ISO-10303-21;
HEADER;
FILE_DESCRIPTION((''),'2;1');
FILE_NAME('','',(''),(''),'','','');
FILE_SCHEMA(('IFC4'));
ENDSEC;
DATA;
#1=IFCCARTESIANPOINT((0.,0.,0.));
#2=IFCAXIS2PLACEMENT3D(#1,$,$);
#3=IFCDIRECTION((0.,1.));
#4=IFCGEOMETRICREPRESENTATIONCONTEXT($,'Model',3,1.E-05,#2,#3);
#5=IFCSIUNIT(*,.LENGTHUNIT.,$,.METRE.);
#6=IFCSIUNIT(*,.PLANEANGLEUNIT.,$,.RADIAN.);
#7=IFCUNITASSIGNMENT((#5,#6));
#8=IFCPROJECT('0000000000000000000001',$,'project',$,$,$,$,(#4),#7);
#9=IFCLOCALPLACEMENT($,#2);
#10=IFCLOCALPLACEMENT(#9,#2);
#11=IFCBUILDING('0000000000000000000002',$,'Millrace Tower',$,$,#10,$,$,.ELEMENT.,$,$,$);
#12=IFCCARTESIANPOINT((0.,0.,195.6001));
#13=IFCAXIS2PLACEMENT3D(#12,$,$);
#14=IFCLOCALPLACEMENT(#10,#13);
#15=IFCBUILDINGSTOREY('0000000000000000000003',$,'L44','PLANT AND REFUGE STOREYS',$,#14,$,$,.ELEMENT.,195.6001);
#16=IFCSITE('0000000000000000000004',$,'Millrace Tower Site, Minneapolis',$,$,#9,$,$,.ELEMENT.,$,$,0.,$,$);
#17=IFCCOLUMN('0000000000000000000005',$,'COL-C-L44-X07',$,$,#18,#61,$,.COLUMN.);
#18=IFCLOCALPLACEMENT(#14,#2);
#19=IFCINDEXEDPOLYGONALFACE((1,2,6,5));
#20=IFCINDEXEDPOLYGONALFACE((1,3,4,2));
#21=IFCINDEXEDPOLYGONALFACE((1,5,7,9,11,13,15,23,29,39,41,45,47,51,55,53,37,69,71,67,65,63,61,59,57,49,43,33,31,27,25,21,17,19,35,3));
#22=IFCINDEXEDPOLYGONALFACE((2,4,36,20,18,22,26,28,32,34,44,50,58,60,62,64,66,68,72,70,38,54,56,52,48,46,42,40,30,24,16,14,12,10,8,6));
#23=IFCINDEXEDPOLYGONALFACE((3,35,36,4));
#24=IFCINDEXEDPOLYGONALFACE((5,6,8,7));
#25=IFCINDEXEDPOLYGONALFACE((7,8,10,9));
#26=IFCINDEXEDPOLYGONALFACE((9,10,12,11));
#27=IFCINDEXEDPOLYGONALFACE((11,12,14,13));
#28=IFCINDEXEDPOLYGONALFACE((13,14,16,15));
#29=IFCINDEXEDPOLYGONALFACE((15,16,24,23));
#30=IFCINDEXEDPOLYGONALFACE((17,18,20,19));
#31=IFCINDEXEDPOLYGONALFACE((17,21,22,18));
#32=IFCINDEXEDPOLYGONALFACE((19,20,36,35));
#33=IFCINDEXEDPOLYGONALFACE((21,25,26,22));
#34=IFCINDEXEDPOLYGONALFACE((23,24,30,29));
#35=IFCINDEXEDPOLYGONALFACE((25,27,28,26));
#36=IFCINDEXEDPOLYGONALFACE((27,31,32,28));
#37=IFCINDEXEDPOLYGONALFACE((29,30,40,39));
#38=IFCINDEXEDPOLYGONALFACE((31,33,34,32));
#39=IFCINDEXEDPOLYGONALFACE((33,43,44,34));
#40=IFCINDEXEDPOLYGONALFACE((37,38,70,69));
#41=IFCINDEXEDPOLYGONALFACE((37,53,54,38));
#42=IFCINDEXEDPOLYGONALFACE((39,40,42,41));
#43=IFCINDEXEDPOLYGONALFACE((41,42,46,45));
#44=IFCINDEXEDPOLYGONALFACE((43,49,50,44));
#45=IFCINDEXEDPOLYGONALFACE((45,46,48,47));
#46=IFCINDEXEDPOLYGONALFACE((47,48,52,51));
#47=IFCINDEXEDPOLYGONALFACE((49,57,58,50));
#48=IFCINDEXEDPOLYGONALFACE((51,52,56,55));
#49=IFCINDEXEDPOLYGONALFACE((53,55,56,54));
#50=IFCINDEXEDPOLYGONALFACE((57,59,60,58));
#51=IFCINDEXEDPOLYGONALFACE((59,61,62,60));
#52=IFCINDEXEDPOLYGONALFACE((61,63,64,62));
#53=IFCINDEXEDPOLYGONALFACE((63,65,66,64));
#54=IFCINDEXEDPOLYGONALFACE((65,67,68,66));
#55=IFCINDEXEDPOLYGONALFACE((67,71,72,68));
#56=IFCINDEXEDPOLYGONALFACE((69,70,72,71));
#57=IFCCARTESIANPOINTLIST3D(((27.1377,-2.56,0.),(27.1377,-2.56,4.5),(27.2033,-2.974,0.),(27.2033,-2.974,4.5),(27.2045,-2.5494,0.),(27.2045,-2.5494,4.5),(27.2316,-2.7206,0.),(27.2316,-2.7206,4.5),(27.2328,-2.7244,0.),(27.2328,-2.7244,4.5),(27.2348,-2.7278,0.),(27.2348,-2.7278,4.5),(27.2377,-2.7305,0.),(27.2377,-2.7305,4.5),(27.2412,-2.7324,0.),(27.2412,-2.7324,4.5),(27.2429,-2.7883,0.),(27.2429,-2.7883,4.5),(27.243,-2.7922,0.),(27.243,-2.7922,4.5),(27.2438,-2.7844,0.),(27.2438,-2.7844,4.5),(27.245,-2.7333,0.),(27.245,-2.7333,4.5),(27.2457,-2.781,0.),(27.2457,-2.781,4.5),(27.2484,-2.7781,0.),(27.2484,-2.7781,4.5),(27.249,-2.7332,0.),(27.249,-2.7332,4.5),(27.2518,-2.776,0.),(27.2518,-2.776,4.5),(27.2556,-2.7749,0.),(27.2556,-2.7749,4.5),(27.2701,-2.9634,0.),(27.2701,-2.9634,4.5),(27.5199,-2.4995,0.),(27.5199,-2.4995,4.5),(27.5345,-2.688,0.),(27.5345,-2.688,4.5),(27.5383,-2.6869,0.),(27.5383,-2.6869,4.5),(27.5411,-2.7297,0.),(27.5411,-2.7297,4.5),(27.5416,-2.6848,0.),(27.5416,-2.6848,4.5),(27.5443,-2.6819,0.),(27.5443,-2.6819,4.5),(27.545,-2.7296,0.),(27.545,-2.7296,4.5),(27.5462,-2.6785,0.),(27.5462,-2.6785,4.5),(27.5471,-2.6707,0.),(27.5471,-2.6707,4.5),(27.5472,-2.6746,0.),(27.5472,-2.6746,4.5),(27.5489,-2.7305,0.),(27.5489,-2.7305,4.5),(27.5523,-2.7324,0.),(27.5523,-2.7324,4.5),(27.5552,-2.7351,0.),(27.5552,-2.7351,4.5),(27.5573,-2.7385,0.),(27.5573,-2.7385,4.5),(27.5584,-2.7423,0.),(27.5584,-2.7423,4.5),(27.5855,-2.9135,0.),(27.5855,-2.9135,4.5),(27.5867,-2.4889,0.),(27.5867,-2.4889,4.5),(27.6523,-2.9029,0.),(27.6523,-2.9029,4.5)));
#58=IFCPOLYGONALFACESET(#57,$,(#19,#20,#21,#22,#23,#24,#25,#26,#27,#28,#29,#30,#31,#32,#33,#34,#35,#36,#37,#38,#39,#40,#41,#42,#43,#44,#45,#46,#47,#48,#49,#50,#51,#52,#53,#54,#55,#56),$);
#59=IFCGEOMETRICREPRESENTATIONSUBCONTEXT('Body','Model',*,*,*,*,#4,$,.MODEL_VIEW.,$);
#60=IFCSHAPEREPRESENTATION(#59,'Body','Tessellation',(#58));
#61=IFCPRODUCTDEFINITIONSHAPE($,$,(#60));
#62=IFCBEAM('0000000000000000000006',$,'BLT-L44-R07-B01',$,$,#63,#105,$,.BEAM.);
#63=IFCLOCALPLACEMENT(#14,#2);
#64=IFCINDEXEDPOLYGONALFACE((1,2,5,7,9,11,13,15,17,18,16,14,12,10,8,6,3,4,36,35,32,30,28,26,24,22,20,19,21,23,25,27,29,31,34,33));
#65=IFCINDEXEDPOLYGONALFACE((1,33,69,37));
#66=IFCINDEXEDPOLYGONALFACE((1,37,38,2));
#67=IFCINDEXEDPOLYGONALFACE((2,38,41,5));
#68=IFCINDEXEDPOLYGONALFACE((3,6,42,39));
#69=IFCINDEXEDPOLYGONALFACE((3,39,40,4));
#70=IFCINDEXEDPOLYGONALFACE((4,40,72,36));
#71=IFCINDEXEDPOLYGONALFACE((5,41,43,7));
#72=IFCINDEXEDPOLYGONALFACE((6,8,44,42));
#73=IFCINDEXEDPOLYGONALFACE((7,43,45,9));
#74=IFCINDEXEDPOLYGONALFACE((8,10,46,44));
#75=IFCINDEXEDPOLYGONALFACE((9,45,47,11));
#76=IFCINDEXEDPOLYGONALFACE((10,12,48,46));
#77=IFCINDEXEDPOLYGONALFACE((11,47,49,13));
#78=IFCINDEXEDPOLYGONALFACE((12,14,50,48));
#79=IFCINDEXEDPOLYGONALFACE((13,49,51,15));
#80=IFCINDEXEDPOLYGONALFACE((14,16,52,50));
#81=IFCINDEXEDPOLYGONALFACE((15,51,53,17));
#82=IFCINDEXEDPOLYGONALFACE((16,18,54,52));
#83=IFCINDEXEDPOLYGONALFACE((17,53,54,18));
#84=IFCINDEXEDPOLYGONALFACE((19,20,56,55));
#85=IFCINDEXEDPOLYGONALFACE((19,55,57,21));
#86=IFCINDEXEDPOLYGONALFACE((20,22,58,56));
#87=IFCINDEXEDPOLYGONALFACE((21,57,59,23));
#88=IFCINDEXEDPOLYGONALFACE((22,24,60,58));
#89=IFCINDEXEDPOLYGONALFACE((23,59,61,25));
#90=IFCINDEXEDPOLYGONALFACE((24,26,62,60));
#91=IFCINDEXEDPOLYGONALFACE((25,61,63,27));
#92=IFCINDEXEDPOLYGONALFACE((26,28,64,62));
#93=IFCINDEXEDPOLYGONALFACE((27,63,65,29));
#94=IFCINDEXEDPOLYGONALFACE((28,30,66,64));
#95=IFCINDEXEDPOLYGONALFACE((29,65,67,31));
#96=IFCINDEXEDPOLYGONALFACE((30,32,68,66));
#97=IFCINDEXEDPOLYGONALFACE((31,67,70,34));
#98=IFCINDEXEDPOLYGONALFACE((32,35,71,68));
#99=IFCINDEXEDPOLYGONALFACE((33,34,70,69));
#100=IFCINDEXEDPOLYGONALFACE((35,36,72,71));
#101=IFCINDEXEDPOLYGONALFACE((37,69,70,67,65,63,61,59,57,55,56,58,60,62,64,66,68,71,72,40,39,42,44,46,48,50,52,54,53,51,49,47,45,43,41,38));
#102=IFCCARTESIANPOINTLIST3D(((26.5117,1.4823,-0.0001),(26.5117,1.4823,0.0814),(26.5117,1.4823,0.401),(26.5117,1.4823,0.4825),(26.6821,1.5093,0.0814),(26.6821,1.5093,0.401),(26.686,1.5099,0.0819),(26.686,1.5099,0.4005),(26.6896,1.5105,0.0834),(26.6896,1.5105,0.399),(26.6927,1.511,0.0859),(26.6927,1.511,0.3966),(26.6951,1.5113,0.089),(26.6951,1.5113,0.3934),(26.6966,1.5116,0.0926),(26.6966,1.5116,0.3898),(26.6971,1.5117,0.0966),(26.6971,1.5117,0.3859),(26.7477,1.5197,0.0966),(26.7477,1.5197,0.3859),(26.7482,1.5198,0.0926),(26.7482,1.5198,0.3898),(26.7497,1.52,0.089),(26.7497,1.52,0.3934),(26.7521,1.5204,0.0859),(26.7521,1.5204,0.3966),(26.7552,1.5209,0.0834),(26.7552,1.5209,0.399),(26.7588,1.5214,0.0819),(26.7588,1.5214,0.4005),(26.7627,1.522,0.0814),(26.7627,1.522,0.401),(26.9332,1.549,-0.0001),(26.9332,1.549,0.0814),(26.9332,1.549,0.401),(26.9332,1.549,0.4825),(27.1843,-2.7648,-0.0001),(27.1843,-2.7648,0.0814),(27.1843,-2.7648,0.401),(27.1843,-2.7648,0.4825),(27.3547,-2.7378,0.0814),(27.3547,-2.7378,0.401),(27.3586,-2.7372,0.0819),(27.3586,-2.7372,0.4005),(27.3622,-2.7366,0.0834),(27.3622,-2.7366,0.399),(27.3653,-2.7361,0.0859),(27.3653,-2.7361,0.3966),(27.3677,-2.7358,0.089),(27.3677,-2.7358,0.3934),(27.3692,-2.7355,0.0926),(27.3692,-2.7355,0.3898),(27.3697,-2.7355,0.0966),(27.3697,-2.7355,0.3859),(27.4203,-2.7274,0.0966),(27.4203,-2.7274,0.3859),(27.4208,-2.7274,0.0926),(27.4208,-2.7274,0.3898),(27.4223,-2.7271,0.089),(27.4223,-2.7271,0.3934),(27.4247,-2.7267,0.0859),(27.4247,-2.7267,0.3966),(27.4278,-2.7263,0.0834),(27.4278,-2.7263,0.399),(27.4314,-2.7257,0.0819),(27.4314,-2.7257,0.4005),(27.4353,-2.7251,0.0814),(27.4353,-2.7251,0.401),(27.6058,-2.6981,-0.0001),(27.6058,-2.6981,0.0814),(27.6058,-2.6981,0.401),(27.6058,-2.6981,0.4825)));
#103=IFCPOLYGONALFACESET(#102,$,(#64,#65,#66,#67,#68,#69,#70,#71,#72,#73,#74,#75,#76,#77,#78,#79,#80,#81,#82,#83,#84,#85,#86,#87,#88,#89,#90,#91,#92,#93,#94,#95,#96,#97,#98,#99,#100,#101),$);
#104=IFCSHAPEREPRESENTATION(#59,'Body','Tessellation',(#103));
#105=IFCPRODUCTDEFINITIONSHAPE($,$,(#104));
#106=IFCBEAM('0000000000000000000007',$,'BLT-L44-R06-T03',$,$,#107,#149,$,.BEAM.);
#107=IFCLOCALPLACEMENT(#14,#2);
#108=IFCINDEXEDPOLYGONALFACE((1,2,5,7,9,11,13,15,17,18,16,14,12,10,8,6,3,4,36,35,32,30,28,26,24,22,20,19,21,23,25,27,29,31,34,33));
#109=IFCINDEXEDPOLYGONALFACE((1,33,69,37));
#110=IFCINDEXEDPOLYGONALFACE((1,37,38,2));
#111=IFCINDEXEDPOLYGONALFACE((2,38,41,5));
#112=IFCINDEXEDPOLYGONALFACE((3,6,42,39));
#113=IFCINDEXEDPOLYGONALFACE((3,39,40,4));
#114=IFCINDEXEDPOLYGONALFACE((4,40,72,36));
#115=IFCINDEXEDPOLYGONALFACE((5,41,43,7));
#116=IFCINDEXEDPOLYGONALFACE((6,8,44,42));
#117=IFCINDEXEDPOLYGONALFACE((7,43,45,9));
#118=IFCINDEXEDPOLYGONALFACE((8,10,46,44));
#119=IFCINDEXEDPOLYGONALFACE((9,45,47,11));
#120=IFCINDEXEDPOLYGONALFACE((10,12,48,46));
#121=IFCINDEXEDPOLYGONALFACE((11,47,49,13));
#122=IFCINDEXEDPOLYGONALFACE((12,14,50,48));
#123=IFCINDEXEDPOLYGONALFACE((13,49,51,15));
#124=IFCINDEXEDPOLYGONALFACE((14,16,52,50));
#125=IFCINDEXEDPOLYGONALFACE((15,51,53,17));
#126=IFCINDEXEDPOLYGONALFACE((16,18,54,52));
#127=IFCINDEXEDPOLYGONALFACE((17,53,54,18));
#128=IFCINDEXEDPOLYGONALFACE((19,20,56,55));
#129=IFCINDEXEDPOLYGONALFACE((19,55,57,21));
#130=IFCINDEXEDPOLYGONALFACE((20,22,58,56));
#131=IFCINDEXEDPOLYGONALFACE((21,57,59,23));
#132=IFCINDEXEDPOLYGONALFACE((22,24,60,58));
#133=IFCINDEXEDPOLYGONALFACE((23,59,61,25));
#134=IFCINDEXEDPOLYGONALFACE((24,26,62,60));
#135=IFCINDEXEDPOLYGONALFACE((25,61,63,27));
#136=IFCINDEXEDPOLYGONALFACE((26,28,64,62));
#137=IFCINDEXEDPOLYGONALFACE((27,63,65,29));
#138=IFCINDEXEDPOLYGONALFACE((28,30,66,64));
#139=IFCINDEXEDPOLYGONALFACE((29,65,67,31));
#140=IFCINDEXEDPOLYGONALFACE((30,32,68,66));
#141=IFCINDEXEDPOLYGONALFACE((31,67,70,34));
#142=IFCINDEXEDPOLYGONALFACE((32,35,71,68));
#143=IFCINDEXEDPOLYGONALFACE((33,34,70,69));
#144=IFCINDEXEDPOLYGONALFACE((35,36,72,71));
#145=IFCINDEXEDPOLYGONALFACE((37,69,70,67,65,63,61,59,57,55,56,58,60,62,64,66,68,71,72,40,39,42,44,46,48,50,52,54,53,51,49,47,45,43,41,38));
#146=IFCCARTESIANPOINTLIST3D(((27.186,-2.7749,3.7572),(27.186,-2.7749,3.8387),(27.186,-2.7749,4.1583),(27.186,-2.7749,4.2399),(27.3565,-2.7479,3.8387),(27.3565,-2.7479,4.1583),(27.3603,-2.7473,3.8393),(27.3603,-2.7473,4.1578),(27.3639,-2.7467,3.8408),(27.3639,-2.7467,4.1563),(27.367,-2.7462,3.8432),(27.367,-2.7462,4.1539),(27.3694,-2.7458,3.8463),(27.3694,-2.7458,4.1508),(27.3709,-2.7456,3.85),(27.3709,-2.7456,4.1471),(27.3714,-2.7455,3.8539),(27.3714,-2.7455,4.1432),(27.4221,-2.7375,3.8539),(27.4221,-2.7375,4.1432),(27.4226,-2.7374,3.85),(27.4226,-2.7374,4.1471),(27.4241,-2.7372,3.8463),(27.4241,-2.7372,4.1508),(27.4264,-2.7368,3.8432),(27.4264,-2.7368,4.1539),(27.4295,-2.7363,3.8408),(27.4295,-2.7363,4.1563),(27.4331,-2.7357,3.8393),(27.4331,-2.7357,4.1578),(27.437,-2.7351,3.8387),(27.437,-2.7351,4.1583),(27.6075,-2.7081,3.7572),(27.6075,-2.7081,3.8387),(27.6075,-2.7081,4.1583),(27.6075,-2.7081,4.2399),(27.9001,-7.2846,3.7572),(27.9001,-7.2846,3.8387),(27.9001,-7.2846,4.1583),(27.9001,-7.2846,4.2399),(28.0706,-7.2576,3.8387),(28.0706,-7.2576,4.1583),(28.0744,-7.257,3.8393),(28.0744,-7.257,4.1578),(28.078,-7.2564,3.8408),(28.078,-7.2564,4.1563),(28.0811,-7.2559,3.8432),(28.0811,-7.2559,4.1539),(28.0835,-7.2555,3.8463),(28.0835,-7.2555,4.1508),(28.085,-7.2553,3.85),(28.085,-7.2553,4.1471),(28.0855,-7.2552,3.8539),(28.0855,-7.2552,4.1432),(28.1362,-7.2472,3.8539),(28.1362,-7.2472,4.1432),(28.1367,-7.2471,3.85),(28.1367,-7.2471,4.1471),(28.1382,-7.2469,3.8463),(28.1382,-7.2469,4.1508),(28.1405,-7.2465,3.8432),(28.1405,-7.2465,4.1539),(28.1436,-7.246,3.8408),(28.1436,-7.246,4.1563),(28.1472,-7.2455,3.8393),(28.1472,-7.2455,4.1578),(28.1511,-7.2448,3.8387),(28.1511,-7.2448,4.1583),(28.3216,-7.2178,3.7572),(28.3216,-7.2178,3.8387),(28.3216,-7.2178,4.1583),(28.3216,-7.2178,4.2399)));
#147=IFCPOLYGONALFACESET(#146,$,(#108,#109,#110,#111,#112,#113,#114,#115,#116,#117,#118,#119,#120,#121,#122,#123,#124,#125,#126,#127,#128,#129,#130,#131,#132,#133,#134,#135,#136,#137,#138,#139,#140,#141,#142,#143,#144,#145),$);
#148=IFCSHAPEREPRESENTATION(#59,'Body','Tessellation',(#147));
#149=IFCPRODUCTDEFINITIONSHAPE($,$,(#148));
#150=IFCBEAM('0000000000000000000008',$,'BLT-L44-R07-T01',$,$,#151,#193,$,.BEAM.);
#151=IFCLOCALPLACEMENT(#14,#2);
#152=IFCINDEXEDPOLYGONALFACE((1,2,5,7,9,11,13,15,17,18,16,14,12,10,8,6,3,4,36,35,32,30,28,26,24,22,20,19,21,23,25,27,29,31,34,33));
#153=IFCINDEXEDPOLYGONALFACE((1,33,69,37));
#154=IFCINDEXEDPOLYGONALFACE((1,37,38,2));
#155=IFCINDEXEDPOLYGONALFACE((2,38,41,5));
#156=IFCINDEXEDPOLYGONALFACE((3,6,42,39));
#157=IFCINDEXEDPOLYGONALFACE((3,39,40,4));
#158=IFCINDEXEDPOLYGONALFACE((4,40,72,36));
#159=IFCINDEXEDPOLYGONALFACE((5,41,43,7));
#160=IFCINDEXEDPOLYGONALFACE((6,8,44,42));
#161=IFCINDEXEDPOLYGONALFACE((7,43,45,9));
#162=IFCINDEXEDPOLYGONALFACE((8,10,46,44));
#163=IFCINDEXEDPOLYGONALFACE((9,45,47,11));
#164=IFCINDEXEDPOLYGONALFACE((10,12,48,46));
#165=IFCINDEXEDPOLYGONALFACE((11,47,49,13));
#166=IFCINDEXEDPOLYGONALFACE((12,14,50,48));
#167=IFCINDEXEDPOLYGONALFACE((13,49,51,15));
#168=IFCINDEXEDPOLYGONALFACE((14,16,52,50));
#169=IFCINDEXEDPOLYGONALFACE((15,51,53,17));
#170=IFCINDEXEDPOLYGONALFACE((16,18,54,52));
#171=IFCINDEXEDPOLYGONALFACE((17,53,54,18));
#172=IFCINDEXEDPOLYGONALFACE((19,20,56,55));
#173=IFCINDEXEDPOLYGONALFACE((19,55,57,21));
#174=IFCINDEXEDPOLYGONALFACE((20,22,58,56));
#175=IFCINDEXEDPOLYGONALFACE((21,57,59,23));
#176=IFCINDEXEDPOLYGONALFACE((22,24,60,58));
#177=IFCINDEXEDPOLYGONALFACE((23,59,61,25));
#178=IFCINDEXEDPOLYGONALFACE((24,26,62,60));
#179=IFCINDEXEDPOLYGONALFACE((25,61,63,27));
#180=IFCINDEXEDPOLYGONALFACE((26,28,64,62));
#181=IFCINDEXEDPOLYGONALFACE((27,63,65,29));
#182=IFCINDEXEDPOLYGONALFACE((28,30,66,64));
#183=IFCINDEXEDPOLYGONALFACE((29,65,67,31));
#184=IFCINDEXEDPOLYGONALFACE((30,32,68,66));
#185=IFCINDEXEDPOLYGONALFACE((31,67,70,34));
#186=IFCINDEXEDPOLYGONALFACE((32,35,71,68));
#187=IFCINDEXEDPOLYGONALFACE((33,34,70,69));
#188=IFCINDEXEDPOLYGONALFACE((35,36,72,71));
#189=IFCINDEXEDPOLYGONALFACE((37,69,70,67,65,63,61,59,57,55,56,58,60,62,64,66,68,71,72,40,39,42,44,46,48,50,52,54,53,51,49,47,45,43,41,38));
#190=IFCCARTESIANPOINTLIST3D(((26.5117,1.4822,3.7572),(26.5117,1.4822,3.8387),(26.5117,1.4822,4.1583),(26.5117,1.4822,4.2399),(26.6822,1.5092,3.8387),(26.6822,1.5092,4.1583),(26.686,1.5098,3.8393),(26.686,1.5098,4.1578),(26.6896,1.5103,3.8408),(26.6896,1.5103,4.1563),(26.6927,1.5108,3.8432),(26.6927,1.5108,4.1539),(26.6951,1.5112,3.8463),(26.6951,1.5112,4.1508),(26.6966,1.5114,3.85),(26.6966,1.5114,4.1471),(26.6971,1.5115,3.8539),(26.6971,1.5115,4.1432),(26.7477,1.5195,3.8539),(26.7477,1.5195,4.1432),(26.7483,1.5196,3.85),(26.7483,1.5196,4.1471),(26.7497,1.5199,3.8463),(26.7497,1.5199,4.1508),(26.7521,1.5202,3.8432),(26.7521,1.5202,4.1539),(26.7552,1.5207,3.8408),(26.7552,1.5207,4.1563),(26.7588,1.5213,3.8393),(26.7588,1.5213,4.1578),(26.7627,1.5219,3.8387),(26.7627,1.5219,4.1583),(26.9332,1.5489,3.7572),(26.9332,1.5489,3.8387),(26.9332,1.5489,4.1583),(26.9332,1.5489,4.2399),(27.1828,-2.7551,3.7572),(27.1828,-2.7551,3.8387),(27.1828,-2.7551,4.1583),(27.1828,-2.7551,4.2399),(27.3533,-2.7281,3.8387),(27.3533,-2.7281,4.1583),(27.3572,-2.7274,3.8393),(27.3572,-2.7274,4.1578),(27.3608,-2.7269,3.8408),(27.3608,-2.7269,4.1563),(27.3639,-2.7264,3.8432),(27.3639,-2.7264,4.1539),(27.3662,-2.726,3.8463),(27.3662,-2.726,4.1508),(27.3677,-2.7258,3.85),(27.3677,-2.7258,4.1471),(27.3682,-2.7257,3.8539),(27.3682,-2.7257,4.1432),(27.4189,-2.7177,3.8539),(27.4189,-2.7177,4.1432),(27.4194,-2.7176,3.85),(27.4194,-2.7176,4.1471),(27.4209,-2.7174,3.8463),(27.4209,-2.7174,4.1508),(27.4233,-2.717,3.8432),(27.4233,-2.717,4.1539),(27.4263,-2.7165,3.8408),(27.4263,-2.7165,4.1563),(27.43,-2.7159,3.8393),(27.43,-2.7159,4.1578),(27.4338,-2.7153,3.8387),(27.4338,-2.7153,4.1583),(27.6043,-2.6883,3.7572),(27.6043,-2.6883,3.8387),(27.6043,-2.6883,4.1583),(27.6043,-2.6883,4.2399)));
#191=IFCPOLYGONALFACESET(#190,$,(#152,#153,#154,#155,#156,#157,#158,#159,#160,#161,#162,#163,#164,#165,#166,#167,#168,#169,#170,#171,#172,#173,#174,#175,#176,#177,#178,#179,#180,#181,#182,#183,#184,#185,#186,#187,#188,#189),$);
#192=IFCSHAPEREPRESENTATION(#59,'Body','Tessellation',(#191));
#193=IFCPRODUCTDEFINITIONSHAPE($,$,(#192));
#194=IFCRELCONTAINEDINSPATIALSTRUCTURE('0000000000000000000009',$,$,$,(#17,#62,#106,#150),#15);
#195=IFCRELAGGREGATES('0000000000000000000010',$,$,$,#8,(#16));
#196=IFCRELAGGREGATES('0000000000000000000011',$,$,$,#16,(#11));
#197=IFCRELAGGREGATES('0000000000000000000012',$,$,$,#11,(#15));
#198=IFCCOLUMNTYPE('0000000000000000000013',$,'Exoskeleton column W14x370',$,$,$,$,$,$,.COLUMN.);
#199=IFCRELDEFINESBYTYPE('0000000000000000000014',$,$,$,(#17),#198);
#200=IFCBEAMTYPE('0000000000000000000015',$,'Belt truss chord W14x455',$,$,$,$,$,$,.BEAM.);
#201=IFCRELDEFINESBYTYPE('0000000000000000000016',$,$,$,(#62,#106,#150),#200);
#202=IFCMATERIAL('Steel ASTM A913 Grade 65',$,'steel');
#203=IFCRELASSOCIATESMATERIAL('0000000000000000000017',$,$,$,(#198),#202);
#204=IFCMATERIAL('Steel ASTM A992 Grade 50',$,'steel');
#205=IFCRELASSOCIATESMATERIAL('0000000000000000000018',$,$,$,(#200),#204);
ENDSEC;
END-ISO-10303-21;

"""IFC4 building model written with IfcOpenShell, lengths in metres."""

from ifc_helpers import new_model, si_unit, direction, frame, origin, origin_2d, place, context, subcontext, project, spatial, i_section, extrude, material, material_profile, profile_set, type_object, element, save


model = new_model("IFC4")

# Units and contexts
model_context = context("Model", 3, precision=1e-05, world=origin(), true_north=direction((0.0, 1.0)))
body_context = subcontext(model_context, "Body", "Model", "MODEL_VIEW")
ifc_project = project(units=[si_unit("LENGTHUNIT", "METRE"), si_unit("PLANEANGLEUNIT", "RADIAN")], contexts=[model_context])

# Site, building, storey
site_placement = place(None, origin())
site = spatial("IfcSite", under=ifc_project, at=site_placement, Name="Millrace Tower Site, Minneapolis", CompositionType="ELEMENT", RefElevation=0.0)
building_placement = place(site_placement, origin())
building = spatial("IfcBuilding", under=site, at=building_placement, Name="Millrace Tower", CompositionType="ELEMENT")
storey_placement = place(building_placement, frame((0.0, 0.0, 195.6001)))
storey = spatial("IfcBuildingStorey", under=building, at=storey_placement, Name="L44", Description="PLANT AND REFUGE STOREYS", CompositionType="ELEMENT", Elevation=195.6001)

# Column
ifc_material_1 = material(Name="Steel ASTM A913 Grade 65", Category="steel")
ifc_material_profile_1 = material_profile(ifc_material_1, i_section(OverallWidth=0.4192, OverallDepth=0.4546, WebThickness=0.0422, FlangeThickness=0.0676, FilletRadius=0.0151, at=origin_2d()))
ifc_profile_set_1 = profile_set([ifc_material_profile_1], Name="Steel ASTM A913 Grade 65")
column_type = type_object("IfcColumnType", Name="Exoskeleton column W14x370", PredefinedType="COLUMN", material=ifc_profile_set_1)
column_placement = place(storey_placement, frame((27.395, -2.7314, 0.0), z_axis=(0.0, 0.0, 1.0), x_axis=(-0.156434, 0.987688, 0.0)))
element("IfcColumn", 1, at=column_placement, inside=storey, type_object=column_type, Name="COL-C-L44-X07", PredefinedType="COLUMN", context=body_context, shape_type="SweptSolid", body=[
    extrude(i_section(OverallWidth=0.4192, OverallDepth=0.4546, WebThickness=0.0422, FlangeThickness=0.0676, FilletRadius=0.0151, at=origin_2d()), origin(), (0.0, 0.0, 1.0), 4.5),
])

# Beams
ifc_material_2 = material(Name="Steel ASTM A992 Grade 50", Category="steel")
ifc_material_profile_2 = material_profile(ifc_material_2, i_section(OverallWidth=0.4268, OverallDepth=0.4827, WebThickness=0.0513, FlangeThickness=0.0815, FilletRadius=0.0151, at=origin_2d()))
ifc_profile_set_2 = profile_set([ifc_material_profile_2], Name="Steel ASTM A992 Grade 50")
beam_type_1 = type_object("IfcBeamType", Name="Belt truss chord W14x455", PredefinedType="BEAM", material=ifc_profile_set_2)
beam_1_placement = place(storey_placement, frame((27.395, -2.7314, 0.2412), z_axis=(-0.15642, 0.987691, 0.0), x_axis=(-0.987691, -0.15642, 0.0)))
element("IfcBeam", 2, at=beam_1_placement, inside=storey, type_object=beam_type_1, Name="BLT-L44-R07-B01", PredefinedType="BEAM", context=body_context, shape_type="SweptSolid", body=[
    extrude(i_section(OverallWidth=0.4268, OverallDepth=0.4827, WebThickness=0.0513, FlangeThickness=0.0815, FilletRadius=0.0151, at=origin_2d()), origin(), (0.0, 0.0, 1.0), 4.3),
])
beam_2_placement = place(storey_placement, frame((28.1108, -7.2512, 3.9985), z_axis=(-0.156399, 0.987694, 0.0), x_axis=(-0.987694, -0.156399, 0.0)))
element("IfcBeam", 3, at=beam_2_placement, inside=storey, type_object=beam_type_1, Name="BLT-L44-R06-T03", PredefinedType="BEAM", context=body_context, shape_type="SweptSolid", body=[
    extrude(i_section(OverallWidth=0.4268, OverallDepth=0.4827, WebThickness=0.0513, FlangeThickness=0.0815, FilletRadius=0.0151, at=origin_2d()), origin(), (0.0, 0.0, 1.0), 4.5659),
])
beam_3_placement = place(storey_placement, frame((27.3936, -2.7217, 3.9985), z_axis=(-0.156439, 0.987688, 0.0), x_axis=(-0.987688, -0.156439, 0.0)))
element("IfcBeam", 4, at=beam_3_placement, inside=storey, type_object=beam_type_1, Name="BLT-L44-R07-T01", PredefinedType="BEAM", context=body_context, shape_type="SweptSolid", body=[
    extrude(i_section(OverallWidth=0.4268, OverallDepth=0.4827, WebThickness=0.0513, FlangeThickness=0.0815, FilletRadius=0.0151, at=origin_2d()), origin(), (0.0, 0.0, 1.0), 4.29),
])

save(model, "model.ifc")
